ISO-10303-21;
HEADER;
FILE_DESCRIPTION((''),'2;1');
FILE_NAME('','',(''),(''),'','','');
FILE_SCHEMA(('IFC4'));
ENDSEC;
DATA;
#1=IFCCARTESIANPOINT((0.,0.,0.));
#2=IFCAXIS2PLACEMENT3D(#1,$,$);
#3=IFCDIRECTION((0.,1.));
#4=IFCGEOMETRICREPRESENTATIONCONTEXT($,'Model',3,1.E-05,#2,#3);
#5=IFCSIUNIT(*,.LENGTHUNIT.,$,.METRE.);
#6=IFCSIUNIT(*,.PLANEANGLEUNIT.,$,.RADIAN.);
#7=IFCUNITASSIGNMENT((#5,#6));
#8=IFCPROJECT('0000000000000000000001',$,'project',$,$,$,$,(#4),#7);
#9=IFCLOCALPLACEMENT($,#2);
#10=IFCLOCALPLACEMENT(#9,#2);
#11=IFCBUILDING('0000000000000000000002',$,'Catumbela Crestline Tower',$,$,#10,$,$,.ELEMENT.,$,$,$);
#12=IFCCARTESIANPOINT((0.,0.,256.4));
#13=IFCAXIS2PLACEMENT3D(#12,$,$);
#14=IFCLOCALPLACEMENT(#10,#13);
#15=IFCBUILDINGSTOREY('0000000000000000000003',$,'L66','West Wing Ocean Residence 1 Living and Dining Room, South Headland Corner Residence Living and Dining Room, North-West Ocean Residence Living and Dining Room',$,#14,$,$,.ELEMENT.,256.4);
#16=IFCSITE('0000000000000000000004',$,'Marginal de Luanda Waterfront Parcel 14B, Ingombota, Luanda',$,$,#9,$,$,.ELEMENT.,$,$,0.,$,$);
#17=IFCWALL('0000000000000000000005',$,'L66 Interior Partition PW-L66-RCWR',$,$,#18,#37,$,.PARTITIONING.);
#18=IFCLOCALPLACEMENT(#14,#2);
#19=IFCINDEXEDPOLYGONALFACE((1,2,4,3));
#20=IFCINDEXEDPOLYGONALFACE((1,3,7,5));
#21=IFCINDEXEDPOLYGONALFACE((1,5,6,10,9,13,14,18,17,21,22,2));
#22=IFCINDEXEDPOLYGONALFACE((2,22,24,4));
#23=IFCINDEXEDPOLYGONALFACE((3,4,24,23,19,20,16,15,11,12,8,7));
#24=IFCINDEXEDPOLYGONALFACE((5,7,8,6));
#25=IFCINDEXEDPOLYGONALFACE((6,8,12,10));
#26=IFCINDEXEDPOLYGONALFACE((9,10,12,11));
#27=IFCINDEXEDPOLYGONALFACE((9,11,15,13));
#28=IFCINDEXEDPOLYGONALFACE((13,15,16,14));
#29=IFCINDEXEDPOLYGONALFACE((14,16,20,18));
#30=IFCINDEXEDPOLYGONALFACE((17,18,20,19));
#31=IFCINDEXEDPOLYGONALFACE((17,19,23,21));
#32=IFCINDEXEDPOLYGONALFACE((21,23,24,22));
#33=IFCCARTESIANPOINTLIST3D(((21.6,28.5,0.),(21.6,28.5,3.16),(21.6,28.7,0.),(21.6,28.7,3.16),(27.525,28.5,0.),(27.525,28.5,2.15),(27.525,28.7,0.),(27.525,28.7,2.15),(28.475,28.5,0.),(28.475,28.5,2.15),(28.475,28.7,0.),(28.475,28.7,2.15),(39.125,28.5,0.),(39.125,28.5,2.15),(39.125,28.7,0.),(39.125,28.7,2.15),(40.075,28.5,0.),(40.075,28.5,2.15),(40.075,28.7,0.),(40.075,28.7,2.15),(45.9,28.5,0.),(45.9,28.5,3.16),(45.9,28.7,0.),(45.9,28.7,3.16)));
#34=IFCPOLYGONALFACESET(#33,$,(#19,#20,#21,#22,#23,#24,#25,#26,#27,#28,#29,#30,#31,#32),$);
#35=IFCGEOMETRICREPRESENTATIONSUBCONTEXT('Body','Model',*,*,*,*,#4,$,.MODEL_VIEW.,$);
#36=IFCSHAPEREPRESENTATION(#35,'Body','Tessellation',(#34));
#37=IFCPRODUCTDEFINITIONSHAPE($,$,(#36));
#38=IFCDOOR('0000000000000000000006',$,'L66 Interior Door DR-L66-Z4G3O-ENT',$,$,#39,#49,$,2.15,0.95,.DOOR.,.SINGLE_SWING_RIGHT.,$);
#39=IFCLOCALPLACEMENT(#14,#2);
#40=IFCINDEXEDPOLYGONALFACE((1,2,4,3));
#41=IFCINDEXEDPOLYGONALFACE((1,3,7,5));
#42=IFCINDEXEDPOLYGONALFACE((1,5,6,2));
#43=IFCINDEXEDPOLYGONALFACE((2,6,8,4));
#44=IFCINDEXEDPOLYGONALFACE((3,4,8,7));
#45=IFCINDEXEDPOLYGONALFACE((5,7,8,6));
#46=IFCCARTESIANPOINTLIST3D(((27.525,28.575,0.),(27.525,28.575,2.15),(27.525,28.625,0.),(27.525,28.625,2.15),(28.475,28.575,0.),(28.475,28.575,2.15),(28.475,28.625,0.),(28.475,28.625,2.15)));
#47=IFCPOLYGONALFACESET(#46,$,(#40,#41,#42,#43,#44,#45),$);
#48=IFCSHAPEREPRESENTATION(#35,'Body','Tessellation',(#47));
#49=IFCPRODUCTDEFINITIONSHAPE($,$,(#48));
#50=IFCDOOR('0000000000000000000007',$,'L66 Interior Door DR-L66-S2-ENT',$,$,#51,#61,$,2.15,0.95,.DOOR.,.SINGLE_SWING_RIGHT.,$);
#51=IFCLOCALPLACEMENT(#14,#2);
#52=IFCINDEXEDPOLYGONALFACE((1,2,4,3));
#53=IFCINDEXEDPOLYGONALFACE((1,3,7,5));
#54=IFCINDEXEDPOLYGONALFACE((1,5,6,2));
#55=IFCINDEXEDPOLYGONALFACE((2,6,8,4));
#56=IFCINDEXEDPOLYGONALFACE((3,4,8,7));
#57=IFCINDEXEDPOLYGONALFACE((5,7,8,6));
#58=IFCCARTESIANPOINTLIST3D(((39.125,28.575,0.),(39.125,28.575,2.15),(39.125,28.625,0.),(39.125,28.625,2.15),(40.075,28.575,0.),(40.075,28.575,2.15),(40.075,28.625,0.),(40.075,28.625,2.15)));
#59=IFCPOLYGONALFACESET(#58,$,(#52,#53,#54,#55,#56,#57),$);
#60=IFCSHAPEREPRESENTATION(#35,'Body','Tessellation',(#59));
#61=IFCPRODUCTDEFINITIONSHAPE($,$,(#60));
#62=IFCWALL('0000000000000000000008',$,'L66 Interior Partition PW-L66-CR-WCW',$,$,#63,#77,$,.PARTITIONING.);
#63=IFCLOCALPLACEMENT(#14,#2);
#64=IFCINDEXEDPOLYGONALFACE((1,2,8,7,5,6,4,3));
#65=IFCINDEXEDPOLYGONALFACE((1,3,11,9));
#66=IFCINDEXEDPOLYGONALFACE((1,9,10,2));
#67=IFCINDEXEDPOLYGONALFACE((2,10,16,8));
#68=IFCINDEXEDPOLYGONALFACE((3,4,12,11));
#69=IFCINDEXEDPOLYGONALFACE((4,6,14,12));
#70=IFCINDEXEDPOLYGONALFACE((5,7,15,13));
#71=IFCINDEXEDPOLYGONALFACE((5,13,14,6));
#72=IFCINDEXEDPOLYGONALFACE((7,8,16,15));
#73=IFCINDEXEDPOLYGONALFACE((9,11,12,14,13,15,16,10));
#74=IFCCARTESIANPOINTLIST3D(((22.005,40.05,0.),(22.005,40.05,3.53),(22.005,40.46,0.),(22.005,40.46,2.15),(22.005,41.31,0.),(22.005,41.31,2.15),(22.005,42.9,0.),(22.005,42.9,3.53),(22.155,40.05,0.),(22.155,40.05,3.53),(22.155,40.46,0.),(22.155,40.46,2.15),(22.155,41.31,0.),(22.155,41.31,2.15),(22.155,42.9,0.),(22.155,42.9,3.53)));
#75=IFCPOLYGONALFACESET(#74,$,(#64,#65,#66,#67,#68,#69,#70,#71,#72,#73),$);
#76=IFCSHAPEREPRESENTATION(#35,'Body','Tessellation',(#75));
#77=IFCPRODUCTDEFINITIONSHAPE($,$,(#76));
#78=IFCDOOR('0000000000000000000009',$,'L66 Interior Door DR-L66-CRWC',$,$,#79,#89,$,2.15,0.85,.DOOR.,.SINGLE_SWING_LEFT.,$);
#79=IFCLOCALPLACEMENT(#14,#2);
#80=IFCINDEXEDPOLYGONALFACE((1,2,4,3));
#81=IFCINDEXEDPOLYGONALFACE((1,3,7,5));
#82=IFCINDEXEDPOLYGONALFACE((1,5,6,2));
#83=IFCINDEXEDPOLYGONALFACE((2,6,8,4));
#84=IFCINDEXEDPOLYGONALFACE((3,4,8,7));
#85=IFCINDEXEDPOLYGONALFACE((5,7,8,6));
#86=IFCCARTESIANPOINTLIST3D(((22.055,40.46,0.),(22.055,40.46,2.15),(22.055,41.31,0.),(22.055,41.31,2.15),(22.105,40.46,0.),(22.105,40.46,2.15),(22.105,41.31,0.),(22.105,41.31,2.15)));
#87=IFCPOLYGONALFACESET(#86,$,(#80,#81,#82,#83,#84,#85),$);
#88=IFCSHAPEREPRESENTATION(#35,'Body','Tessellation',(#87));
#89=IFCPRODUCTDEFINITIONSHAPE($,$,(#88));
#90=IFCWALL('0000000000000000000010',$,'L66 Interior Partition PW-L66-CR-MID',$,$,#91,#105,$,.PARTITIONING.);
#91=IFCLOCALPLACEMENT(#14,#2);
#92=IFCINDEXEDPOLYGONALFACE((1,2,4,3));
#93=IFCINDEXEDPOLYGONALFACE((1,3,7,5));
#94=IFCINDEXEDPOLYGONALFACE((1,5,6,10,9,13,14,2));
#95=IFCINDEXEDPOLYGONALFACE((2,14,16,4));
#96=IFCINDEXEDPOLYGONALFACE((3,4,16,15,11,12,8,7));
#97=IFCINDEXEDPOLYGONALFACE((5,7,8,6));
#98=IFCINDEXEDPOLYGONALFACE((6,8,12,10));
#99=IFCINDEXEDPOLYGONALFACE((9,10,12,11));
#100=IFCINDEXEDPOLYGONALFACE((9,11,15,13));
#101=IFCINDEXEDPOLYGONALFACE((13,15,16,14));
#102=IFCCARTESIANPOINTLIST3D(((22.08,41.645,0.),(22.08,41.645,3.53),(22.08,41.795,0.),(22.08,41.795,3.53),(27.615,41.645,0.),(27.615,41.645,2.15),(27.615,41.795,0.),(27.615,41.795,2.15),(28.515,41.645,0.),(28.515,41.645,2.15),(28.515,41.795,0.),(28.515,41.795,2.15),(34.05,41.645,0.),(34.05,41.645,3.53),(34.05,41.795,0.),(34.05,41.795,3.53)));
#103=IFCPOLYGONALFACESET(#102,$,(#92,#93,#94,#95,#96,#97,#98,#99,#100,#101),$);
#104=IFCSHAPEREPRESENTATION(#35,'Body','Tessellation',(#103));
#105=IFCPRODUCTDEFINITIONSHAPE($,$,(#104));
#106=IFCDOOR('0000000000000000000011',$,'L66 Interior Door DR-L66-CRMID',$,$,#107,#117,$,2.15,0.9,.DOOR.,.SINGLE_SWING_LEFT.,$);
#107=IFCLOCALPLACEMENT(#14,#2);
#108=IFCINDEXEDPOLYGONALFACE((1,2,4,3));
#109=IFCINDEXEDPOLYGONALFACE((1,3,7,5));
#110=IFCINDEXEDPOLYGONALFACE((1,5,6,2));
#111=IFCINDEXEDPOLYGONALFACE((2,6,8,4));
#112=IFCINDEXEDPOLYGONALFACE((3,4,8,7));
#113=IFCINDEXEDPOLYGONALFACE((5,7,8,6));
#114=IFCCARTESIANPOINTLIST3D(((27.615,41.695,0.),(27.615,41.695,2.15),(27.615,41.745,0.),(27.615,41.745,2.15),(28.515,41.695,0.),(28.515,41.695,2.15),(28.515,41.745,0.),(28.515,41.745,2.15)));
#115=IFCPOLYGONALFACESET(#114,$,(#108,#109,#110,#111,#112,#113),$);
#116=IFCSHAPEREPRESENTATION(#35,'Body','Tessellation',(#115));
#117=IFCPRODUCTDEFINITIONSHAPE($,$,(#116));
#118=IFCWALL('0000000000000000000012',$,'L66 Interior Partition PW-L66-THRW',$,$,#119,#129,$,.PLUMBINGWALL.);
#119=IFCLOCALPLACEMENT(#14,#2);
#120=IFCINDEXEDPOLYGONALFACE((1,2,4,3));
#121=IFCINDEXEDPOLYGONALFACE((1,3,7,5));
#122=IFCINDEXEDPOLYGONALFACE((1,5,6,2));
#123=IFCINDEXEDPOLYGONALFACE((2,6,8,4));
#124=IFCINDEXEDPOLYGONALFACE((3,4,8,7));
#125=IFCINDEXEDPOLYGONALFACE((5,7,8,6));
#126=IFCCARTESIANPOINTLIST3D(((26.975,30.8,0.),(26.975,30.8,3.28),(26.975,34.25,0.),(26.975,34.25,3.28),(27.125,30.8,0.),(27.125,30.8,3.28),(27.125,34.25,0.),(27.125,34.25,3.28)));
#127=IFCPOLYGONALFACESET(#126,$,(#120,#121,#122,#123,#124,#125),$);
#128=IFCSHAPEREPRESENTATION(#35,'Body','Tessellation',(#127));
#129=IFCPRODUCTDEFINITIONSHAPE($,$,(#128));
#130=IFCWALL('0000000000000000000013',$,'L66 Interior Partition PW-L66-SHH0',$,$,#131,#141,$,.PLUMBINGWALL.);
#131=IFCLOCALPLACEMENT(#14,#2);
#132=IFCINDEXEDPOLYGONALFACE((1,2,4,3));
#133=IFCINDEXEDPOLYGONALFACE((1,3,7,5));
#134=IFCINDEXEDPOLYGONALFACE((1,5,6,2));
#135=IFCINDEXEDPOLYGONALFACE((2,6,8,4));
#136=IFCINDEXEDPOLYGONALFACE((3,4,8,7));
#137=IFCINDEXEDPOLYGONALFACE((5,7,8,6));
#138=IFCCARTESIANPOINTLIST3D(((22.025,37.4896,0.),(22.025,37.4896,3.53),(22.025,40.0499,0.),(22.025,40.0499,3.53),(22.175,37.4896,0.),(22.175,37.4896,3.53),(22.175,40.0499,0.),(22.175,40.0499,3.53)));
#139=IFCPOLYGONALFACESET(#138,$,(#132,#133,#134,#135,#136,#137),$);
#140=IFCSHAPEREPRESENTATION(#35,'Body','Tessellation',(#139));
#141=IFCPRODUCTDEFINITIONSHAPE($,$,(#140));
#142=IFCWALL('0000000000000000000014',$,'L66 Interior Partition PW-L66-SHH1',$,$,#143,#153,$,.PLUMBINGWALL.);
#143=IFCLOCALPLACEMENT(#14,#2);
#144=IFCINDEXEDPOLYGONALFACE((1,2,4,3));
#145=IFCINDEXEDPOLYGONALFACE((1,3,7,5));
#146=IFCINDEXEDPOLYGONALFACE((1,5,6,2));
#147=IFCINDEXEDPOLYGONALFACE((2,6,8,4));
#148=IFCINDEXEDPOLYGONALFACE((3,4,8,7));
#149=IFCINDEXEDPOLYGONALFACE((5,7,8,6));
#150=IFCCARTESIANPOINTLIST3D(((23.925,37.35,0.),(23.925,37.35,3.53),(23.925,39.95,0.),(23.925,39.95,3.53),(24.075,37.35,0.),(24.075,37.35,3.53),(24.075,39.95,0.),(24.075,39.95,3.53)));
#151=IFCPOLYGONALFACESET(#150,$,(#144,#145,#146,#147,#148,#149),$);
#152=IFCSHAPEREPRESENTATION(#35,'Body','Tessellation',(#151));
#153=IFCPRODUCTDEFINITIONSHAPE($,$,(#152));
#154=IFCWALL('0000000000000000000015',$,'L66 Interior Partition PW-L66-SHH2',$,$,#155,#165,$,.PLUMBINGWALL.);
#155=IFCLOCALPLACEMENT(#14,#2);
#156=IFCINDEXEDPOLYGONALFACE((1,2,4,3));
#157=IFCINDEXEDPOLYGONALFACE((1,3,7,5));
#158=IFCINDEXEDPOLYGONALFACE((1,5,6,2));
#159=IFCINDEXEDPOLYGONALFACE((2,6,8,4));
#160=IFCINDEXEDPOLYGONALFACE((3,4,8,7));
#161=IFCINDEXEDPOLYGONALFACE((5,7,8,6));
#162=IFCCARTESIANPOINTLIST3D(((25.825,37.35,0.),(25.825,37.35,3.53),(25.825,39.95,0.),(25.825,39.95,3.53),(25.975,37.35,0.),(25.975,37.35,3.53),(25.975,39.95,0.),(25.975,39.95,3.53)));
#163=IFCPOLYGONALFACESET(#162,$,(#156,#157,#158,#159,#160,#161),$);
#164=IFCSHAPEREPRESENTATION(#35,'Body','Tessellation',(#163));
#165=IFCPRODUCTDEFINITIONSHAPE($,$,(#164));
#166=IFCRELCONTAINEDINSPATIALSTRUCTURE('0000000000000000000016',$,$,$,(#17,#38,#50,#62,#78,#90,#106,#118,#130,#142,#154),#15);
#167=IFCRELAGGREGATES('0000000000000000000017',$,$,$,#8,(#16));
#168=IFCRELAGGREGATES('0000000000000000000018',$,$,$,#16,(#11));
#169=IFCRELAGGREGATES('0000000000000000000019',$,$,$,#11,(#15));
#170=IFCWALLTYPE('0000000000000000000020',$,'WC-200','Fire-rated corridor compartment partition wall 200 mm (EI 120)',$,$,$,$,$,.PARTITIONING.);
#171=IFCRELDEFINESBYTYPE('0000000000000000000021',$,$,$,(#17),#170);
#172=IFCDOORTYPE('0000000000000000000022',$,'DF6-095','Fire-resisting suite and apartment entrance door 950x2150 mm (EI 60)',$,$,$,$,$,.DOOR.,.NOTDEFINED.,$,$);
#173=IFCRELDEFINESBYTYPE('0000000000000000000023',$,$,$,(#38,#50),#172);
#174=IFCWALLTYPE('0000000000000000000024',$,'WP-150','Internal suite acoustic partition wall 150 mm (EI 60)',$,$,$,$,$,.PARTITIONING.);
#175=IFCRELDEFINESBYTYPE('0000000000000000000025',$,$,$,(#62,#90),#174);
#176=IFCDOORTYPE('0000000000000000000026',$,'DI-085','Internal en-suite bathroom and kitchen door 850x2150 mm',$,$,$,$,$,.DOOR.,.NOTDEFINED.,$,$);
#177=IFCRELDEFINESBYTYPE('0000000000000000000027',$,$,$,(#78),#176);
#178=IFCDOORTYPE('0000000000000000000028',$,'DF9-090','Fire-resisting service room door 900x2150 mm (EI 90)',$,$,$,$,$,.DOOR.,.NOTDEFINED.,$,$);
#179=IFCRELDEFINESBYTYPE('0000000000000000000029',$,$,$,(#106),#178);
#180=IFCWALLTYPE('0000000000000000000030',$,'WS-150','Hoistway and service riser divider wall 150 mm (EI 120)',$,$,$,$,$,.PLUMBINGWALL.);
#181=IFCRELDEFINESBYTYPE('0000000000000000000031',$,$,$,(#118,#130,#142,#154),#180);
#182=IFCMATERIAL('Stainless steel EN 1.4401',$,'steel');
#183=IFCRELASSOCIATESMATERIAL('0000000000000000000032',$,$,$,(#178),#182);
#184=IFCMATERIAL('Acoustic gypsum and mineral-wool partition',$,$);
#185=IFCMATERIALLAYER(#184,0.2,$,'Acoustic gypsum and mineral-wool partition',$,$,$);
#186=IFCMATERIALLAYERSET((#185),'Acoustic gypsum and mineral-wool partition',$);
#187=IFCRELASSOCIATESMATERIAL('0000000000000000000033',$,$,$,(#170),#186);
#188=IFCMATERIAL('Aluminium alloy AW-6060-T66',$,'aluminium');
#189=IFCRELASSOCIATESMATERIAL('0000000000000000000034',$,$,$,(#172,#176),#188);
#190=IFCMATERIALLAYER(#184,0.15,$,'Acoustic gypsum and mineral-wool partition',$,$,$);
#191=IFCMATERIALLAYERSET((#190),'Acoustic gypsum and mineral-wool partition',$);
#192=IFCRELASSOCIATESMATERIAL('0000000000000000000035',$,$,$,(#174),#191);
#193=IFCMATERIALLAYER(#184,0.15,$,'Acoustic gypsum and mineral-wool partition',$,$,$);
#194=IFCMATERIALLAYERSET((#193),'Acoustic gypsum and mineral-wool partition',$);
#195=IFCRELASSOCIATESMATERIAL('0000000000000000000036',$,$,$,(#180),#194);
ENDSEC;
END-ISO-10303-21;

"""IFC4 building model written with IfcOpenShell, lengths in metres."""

from ifc_helpers import new_model, si_unit, direction, frame, frame_2d, origin, place, context, subcontext, project, spatial, rectangle, extrude, material, layer, layer_set, type_object, element, fill, save


model = new_model("IFC4")

# Units and contexts
model_context = context("Model", 3, precision=1e-05, world=origin(), true_north=direction((0.0, 1.0)))
body_context = subcontext(model_context, "Body", "Model", "MODEL_VIEW")
ifc_project = project(units=[si_unit("LENGTHUNIT", "METRE"), si_unit("PLANEANGLEUNIT", "RADIAN")], contexts=[model_context])

# Site, building, storey
site_placement = place(None, origin())
site = spatial("IfcSite", under=ifc_project, at=site_placement, Name="Marginal de Luanda Waterfront Parcel 14B, Ingombota, Luanda", CompositionType="ELEMENT", RefElevation=0.0)
building_placement = place(site_placement, origin())
building = spatial("IfcBuilding", under=site, at=building_placement, Name="Catumbela Crestline Tower", CompositionType="ELEMENT")
storey_placement = place(building_placement, frame((0.0, 0.0, 256.4)))
storey = spatial("IfcBuildingStorey", under=building, at=storey_placement, Name="L66", Description="West Wing Ocean Residence 1 Living and Dining Room, South Headland Corner Residence Living and Dining Room, North-West Ocean Residence Living and Dining Room", CompositionType="ELEMENT", Elevation=256.4)

# Shared definitions
ifc_material_1 = material(Name="Stainless steel EN 1.4401", Category="steel")

# Shared definitions
door_type_1 = type_object("IfcDoorType", Name="DF9-090", Description="Fire-resisting service room door 900x2150 mm (EI 90)", OperationType="NOTDEFINED", PredefinedType="DOOR", material=ifc_material_1)

# Wall, openings, doors
ifc_material_2 = material(Name="Acoustic gypsum and mineral-wool partition")
ifc_layer_1 = layer(ifc_material_2, 0.2, Name="Acoustic gypsum and mineral-wool partition")
ifc_layer_set_1 = layer_set([ifc_layer_1], Name="Acoustic gypsum and mineral-wool partition")
wall_type_1 = type_object("IfcWallType", Name="WC-200", Description="Fire-rated corridor compartment partition wall 200 mm (EI 120)", PredefinedType="PARTITIONING", material=ifc_layer_set_1)
wall_1_placement = place(storey_placement, frame((21.6, 28.6, 0.0), z_axis=(0.0, 0.0, 1.0), x_axis=(1.0, 0.0, 0.0)))
wall_1 = element("IfcWall", 1, at=wall_1_placement, inside=storey, type_object=wall_type_1, Name="L66 Interior Partition PW-L66-RCWR", PredefinedType="PARTITIONING", context=body_context, shape_type="SweptSolid", body=[
    extrude(rectangle(XDim=24.3, YDim=0.2, at=frame_2d((12.15, 0.0))), origin(), (0.0, 0.0, 1.0), 3.16),
])
opening_1_placement = place(wall_1_placement, frame((5.925, 0.0, 0.0)))
opening_1 = element("IfcOpeningElement", 2, at=opening_1_placement, cuts=wall_1, PredefinedType="OPENING", context=body_context, shape_type="SweptSolid", body=[
    extrude(rectangle(XDim=0.95, YDim=2.15, at=frame_2d((0.475, 1.075))), frame((0.0, 0.11, 0.0), z_axis=(0.0, -1.0, 0.0), x_axis=(1.0, 0.0, 0.0)), (0.0, 0.0, 1.0), 0.22),
])
opening_2_placement = place(wall_1_placement, frame((17.525, 0.0, 0.0)))
opening_2 = element("IfcOpeningElement", 3, at=opening_2_placement, cuts=wall_1, PredefinedType="OPENING", context=body_context, shape_type="SweptSolid", body=[
    extrude(rectangle(XDim=0.95, YDim=2.15, at=frame_2d((0.475, 1.075))), frame((0.0, 0.11, 0.0), z_axis=(0.0, -1.0, 0.0), x_axis=(1.0, 0.0, 0.0)), (0.0, 0.0, 1.0), 0.22),
])
ifc_material_3 = material(Name="Aluminium alloy AW-6060-T66", Category="aluminium")
door_type_2 = type_object("IfcDoorType", Name="DF6-095", Description="Fire-resisting suite and apartment entrance door 950x2150 mm (EI 60)", OperationType="NOTDEFINED", PredefinedType="DOOR", material=ifc_material_3)
door_1_placement = place(opening_1_placement, origin())
door_1 = element("IfcDoor", 4, at=door_1_placement, inside=storey, type_object=door_type_2, Name="L66 Interior Door DR-L66-Z4G3O-ENT", OperationType="SINGLE_SWING_RIGHT", OverallHeight=2.15, OverallWidth=0.95, PredefinedType="DOOR", context=body_context, shape_type="SweptSolid", body=[
    extrude(rectangle(XDim=0.95, YDim=2.15, at=frame_2d((0.475, 1.075))), frame((0.0, 0.025, 0.0), z_axis=(0.0, -1.0, 0.0), x_axis=(1.0, 0.0, 0.0)), (0.0, 0.0, 1.0), 0.05),
])
fill(opening_1, door_1)
door_2_placement = place(opening_2_placement, origin())
door_2 = element("IfcDoor", 5, at=door_2_placement, inside=storey, type_object=door_type_2, Name="L66 Interior Door DR-L66-S2-ENT", OperationType="SINGLE_SWING_RIGHT", OverallHeight=2.15, OverallWidth=0.95, PredefinedType="DOOR", context=body_context, shape_type="SweptSolid", body=[
    extrude(rectangle(XDim=0.95, YDim=2.15, at=frame_2d((0.475, 1.075))), frame((0.0, 0.025, 0.0), z_axis=(0.0, -1.0, 0.0), x_axis=(1.0, 0.0, 0.0)), (0.0, 0.0, 1.0), 0.05),
])
fill(opening_2, door_2)

# Walls, openings, doors
ifc_layer_2 = layer(ifc_material_2, 0.15, Name="Acoustic gypsum and mineral-wool partition")
ifc_layer_set_2 = layer_set([ifc_layer_2], Name="Acoustic gypsum and mineral-wool partition")
wall_type_2 = type_object("IfcWallType", Name="WP-150", Description="Internal suite acoustic partition wall 150 mm (EI 60)", PredefinedType="PARTITIONING", material=ifc_layer_set_2)
wall_2_placement = place(storey_placement, frame((22.08, 40.05, 0.0), z_axis=(0.0, 0.0, 1.0), x_axis=(0.0, 1.0, 0.0)))
wall_2 = element("IfcWall", 6, at=wall_2_placement, inside=storey, type_object=wall_type_2, Name="L66 Interior Partition PW-L66-CR-WCW", PredefinedType="PARTITIONING", context=body_context, shape_type="SweptSolid", body=[
    extrude(rectangle(XDim=2.85, YDim=0.15, at=frame_2d((1.425, 0.0))), origin(), (0.0, 0.0, 1.0), 3.53),
])
opening_3_placement = place(wall_2_placement, frame((0.41, 0.0, 0.0)))
opening_3 = element("IfcOpeningElement", 7, at=opening_3_placement, cuts=wall_2, PredefinedType="OPENING", context=body_context, shape_type="SweptSolid", body=[
    extrude(rectangle(XDim=0.85, YDim=2.15, at=frame_2d((0.425, 1.075))), frame((0.0, 0.085, 0.0), z_axis=(0.0, -1.0, 0.0), x_axis=(1.0, 0.0, 0.0)), (0.0, 0.0, 1.0), 0.17),
])
door_type_3 = type_object("IfcDoorType", Name="DI-085", Description="Internal en-suite bathroom and kitchen door 850x2150 mm", OperationType="NOTDEFINED", PredefinedType="DOOR", material=ifc_material_3)
door_3_placement = place(opening_3_placement, origin())
door_3 = element("IfcDoor", 8, at=door_3_placement, inside=storey, type_object=door_type_3, Name="L66 Interior Door DR-L66-CRWC", OperationType="SINGLE_SWING_LEFT", OverallHeight=2.15, OverallWidth=0.85, PredefinedType="DOOR", context=body_context, shape_type="SweptSolid", body=[
    extrude(rectangle(XDim=0.85, YDim=2.15, at=frame_2d((0.425, 1.075))), frame((0.0, 0.025, 0.0), z_axis=(0.0, -1.0, 0.0), x_axis=(1.0, 0.0, 0.0)), (0.0, 0.0, 1.0), 0.05),
])
fill(opening_3, door_3)
wall_3_placement = place(storey_placement, frame((22.08, 41.72, 0.0), z_axis=(0.0, 0.0, 1.0), x_axis=(1.0, 0.0, 0.0)))
wall_3 = element("IfcWall", 9, at=wall_3_placement, inside=storey, type_object=wall_type_2, Name="L66 Interior Partition PW-L66-CR-MID", PredefinedType="PARTITIONING", context=body_context, shape_type="SweptSolid", body=[
    extrude(rectangle(XDim=11.97, YDim=0.15, at=frame_2d((5.985, 0.0))), origin(), (0.0, 0.0, 1.0), 3.53),
])
opening_4_placement = place(wall_3_placement, frame((5.535, 0.0, 0.0)))
opening_4 = element("IfcOpeningElement", 10, at=opening_4_placement, cuts=wall_3, PredefinedType="OPENING", context=body_context, shape_type="SweptSolid", body=[
    extrude(rectangle(XDim=0.9, YDim=2.15, at=frame_2d((0.45, 1.075))), frame((0.0, 0.085, 0.0), z_axis=(0.0, -1.0, 0.0), x_axis=(1.0, 0.0, 0.0)), (0.0, 0.0, 1.0), 0.17),
])
door_4_placement = place(opening_4_placement, origin())
door_4 = element("IfcDoor", 11, at=door_4_placement, inside=storey, type_object=door_type_1, Name="L66 Interior Door DR-L66-CRMID", OperationType="SINGLE_SWING_LEFT", OverallHeight=2.15, OverallWidth=0.9, PredefinedType="DOOR", context=body_context, shape_type="SweptSolid", body=[
    extrude(rectangle(XDim=0.9, YDim=2.15, at=frame_2d((0.45, 1.075))), frame((0.0, 0.025, 0.0), z_axis=(0.0, -1.0, 0.0), x_axis=(1.0, 0.0, 0.0)), (0.0, 0.0, 1.0), 0.05),
])
fill(opening_4, door_4)

# Walls
ifc_layer_3 = layer(ifc_material_2, 0.15, Name="Acoustic gypsum and mineral-wool partition")
ifc_layer_set_3 = layer_set([ifc_layer_3], Name="Acoustic gypsum and mineral-wool partition")
wall_type_3 = type_object("IfcWallType", Name="WS-150", Description="Hoistway and service riser divider wall 150 mm (EI 120)", PredefinedType="PLUMBINGWALL", material=ifc_layer_set_3)
wall_4_placement = place(storey_placement, frame((27.05, 30.8, 0.0), z_axis=(0.0, 0.0, 1.0), x_axis=(0.0, 1.0, 0.0)))
element("IfcWall", 12, at=wall_4_placement, inside=storey, type_object=wall_type_3, Name="L66 Interior Partition PW-L66-THRW", PredefinedType="PLUMBINGWALL", context=body_context, shape_type="SweptSolid", body=[
    extrude(rectangle(XDim=3.45, YDim=0.15, at=frame_2d((1.725, 0.0))), origin(), (0.0, 0.0, 1.0), 3.28),
])
wall_5_placement = place(storey_placement, frame((22.1, 37.4897, 0.0), z_axis=(0.0, 0.0, 1.0), x_axis=(0.0, 1.0, 0.0)))
element("IfcWall", 13, at=wall_5_placement, inside=storey, type_object=wall_type_3, Name="L66 Interior Partition PW-L66-SHH0", PredefinedType="PLUMBINGWALL", context=body_context, shape_type="SweptSolid", body=[
    extrude(rectangle(XDim=2.5603, YDim=0.15, at=frame_2d((1.2801, 0.0))), origin(), (0.0, 0.0, 1.0), 3.53),
])
for number, where, z_axis, x_axis, name in (
    (14, (24.0, 37.35, 0.0), (0.0, 0.0, 1.0), (0.0, 1.0, 0.0), "L66 Interior Partition PW-L66-SHH1"),
    (15, (25.9, 37.35, 0.0), (0.0, 0.0, 1.0), (0.0, 1.0, 0.0), "L66 Interior Partition PW-L66-SHH2"),
):
    element("IfcWall", number, at=place(storey_placement, frame(where, z_axis=z_axis, x_axis=x_axis)), inside=storey, type_object=wall_type_3, Name=name, PredefinedType="PLUMBINGWALL", context=body_context, shape_type="SweptSolid", body=[
        extrude(rectangle(XDim=2.6, YDim=0.15, at=frame_2d((1.3, 0.0))), origin(), (0.0, 0.0, 1.0), 3.53),
    ])

save(model, "model.ifc")
